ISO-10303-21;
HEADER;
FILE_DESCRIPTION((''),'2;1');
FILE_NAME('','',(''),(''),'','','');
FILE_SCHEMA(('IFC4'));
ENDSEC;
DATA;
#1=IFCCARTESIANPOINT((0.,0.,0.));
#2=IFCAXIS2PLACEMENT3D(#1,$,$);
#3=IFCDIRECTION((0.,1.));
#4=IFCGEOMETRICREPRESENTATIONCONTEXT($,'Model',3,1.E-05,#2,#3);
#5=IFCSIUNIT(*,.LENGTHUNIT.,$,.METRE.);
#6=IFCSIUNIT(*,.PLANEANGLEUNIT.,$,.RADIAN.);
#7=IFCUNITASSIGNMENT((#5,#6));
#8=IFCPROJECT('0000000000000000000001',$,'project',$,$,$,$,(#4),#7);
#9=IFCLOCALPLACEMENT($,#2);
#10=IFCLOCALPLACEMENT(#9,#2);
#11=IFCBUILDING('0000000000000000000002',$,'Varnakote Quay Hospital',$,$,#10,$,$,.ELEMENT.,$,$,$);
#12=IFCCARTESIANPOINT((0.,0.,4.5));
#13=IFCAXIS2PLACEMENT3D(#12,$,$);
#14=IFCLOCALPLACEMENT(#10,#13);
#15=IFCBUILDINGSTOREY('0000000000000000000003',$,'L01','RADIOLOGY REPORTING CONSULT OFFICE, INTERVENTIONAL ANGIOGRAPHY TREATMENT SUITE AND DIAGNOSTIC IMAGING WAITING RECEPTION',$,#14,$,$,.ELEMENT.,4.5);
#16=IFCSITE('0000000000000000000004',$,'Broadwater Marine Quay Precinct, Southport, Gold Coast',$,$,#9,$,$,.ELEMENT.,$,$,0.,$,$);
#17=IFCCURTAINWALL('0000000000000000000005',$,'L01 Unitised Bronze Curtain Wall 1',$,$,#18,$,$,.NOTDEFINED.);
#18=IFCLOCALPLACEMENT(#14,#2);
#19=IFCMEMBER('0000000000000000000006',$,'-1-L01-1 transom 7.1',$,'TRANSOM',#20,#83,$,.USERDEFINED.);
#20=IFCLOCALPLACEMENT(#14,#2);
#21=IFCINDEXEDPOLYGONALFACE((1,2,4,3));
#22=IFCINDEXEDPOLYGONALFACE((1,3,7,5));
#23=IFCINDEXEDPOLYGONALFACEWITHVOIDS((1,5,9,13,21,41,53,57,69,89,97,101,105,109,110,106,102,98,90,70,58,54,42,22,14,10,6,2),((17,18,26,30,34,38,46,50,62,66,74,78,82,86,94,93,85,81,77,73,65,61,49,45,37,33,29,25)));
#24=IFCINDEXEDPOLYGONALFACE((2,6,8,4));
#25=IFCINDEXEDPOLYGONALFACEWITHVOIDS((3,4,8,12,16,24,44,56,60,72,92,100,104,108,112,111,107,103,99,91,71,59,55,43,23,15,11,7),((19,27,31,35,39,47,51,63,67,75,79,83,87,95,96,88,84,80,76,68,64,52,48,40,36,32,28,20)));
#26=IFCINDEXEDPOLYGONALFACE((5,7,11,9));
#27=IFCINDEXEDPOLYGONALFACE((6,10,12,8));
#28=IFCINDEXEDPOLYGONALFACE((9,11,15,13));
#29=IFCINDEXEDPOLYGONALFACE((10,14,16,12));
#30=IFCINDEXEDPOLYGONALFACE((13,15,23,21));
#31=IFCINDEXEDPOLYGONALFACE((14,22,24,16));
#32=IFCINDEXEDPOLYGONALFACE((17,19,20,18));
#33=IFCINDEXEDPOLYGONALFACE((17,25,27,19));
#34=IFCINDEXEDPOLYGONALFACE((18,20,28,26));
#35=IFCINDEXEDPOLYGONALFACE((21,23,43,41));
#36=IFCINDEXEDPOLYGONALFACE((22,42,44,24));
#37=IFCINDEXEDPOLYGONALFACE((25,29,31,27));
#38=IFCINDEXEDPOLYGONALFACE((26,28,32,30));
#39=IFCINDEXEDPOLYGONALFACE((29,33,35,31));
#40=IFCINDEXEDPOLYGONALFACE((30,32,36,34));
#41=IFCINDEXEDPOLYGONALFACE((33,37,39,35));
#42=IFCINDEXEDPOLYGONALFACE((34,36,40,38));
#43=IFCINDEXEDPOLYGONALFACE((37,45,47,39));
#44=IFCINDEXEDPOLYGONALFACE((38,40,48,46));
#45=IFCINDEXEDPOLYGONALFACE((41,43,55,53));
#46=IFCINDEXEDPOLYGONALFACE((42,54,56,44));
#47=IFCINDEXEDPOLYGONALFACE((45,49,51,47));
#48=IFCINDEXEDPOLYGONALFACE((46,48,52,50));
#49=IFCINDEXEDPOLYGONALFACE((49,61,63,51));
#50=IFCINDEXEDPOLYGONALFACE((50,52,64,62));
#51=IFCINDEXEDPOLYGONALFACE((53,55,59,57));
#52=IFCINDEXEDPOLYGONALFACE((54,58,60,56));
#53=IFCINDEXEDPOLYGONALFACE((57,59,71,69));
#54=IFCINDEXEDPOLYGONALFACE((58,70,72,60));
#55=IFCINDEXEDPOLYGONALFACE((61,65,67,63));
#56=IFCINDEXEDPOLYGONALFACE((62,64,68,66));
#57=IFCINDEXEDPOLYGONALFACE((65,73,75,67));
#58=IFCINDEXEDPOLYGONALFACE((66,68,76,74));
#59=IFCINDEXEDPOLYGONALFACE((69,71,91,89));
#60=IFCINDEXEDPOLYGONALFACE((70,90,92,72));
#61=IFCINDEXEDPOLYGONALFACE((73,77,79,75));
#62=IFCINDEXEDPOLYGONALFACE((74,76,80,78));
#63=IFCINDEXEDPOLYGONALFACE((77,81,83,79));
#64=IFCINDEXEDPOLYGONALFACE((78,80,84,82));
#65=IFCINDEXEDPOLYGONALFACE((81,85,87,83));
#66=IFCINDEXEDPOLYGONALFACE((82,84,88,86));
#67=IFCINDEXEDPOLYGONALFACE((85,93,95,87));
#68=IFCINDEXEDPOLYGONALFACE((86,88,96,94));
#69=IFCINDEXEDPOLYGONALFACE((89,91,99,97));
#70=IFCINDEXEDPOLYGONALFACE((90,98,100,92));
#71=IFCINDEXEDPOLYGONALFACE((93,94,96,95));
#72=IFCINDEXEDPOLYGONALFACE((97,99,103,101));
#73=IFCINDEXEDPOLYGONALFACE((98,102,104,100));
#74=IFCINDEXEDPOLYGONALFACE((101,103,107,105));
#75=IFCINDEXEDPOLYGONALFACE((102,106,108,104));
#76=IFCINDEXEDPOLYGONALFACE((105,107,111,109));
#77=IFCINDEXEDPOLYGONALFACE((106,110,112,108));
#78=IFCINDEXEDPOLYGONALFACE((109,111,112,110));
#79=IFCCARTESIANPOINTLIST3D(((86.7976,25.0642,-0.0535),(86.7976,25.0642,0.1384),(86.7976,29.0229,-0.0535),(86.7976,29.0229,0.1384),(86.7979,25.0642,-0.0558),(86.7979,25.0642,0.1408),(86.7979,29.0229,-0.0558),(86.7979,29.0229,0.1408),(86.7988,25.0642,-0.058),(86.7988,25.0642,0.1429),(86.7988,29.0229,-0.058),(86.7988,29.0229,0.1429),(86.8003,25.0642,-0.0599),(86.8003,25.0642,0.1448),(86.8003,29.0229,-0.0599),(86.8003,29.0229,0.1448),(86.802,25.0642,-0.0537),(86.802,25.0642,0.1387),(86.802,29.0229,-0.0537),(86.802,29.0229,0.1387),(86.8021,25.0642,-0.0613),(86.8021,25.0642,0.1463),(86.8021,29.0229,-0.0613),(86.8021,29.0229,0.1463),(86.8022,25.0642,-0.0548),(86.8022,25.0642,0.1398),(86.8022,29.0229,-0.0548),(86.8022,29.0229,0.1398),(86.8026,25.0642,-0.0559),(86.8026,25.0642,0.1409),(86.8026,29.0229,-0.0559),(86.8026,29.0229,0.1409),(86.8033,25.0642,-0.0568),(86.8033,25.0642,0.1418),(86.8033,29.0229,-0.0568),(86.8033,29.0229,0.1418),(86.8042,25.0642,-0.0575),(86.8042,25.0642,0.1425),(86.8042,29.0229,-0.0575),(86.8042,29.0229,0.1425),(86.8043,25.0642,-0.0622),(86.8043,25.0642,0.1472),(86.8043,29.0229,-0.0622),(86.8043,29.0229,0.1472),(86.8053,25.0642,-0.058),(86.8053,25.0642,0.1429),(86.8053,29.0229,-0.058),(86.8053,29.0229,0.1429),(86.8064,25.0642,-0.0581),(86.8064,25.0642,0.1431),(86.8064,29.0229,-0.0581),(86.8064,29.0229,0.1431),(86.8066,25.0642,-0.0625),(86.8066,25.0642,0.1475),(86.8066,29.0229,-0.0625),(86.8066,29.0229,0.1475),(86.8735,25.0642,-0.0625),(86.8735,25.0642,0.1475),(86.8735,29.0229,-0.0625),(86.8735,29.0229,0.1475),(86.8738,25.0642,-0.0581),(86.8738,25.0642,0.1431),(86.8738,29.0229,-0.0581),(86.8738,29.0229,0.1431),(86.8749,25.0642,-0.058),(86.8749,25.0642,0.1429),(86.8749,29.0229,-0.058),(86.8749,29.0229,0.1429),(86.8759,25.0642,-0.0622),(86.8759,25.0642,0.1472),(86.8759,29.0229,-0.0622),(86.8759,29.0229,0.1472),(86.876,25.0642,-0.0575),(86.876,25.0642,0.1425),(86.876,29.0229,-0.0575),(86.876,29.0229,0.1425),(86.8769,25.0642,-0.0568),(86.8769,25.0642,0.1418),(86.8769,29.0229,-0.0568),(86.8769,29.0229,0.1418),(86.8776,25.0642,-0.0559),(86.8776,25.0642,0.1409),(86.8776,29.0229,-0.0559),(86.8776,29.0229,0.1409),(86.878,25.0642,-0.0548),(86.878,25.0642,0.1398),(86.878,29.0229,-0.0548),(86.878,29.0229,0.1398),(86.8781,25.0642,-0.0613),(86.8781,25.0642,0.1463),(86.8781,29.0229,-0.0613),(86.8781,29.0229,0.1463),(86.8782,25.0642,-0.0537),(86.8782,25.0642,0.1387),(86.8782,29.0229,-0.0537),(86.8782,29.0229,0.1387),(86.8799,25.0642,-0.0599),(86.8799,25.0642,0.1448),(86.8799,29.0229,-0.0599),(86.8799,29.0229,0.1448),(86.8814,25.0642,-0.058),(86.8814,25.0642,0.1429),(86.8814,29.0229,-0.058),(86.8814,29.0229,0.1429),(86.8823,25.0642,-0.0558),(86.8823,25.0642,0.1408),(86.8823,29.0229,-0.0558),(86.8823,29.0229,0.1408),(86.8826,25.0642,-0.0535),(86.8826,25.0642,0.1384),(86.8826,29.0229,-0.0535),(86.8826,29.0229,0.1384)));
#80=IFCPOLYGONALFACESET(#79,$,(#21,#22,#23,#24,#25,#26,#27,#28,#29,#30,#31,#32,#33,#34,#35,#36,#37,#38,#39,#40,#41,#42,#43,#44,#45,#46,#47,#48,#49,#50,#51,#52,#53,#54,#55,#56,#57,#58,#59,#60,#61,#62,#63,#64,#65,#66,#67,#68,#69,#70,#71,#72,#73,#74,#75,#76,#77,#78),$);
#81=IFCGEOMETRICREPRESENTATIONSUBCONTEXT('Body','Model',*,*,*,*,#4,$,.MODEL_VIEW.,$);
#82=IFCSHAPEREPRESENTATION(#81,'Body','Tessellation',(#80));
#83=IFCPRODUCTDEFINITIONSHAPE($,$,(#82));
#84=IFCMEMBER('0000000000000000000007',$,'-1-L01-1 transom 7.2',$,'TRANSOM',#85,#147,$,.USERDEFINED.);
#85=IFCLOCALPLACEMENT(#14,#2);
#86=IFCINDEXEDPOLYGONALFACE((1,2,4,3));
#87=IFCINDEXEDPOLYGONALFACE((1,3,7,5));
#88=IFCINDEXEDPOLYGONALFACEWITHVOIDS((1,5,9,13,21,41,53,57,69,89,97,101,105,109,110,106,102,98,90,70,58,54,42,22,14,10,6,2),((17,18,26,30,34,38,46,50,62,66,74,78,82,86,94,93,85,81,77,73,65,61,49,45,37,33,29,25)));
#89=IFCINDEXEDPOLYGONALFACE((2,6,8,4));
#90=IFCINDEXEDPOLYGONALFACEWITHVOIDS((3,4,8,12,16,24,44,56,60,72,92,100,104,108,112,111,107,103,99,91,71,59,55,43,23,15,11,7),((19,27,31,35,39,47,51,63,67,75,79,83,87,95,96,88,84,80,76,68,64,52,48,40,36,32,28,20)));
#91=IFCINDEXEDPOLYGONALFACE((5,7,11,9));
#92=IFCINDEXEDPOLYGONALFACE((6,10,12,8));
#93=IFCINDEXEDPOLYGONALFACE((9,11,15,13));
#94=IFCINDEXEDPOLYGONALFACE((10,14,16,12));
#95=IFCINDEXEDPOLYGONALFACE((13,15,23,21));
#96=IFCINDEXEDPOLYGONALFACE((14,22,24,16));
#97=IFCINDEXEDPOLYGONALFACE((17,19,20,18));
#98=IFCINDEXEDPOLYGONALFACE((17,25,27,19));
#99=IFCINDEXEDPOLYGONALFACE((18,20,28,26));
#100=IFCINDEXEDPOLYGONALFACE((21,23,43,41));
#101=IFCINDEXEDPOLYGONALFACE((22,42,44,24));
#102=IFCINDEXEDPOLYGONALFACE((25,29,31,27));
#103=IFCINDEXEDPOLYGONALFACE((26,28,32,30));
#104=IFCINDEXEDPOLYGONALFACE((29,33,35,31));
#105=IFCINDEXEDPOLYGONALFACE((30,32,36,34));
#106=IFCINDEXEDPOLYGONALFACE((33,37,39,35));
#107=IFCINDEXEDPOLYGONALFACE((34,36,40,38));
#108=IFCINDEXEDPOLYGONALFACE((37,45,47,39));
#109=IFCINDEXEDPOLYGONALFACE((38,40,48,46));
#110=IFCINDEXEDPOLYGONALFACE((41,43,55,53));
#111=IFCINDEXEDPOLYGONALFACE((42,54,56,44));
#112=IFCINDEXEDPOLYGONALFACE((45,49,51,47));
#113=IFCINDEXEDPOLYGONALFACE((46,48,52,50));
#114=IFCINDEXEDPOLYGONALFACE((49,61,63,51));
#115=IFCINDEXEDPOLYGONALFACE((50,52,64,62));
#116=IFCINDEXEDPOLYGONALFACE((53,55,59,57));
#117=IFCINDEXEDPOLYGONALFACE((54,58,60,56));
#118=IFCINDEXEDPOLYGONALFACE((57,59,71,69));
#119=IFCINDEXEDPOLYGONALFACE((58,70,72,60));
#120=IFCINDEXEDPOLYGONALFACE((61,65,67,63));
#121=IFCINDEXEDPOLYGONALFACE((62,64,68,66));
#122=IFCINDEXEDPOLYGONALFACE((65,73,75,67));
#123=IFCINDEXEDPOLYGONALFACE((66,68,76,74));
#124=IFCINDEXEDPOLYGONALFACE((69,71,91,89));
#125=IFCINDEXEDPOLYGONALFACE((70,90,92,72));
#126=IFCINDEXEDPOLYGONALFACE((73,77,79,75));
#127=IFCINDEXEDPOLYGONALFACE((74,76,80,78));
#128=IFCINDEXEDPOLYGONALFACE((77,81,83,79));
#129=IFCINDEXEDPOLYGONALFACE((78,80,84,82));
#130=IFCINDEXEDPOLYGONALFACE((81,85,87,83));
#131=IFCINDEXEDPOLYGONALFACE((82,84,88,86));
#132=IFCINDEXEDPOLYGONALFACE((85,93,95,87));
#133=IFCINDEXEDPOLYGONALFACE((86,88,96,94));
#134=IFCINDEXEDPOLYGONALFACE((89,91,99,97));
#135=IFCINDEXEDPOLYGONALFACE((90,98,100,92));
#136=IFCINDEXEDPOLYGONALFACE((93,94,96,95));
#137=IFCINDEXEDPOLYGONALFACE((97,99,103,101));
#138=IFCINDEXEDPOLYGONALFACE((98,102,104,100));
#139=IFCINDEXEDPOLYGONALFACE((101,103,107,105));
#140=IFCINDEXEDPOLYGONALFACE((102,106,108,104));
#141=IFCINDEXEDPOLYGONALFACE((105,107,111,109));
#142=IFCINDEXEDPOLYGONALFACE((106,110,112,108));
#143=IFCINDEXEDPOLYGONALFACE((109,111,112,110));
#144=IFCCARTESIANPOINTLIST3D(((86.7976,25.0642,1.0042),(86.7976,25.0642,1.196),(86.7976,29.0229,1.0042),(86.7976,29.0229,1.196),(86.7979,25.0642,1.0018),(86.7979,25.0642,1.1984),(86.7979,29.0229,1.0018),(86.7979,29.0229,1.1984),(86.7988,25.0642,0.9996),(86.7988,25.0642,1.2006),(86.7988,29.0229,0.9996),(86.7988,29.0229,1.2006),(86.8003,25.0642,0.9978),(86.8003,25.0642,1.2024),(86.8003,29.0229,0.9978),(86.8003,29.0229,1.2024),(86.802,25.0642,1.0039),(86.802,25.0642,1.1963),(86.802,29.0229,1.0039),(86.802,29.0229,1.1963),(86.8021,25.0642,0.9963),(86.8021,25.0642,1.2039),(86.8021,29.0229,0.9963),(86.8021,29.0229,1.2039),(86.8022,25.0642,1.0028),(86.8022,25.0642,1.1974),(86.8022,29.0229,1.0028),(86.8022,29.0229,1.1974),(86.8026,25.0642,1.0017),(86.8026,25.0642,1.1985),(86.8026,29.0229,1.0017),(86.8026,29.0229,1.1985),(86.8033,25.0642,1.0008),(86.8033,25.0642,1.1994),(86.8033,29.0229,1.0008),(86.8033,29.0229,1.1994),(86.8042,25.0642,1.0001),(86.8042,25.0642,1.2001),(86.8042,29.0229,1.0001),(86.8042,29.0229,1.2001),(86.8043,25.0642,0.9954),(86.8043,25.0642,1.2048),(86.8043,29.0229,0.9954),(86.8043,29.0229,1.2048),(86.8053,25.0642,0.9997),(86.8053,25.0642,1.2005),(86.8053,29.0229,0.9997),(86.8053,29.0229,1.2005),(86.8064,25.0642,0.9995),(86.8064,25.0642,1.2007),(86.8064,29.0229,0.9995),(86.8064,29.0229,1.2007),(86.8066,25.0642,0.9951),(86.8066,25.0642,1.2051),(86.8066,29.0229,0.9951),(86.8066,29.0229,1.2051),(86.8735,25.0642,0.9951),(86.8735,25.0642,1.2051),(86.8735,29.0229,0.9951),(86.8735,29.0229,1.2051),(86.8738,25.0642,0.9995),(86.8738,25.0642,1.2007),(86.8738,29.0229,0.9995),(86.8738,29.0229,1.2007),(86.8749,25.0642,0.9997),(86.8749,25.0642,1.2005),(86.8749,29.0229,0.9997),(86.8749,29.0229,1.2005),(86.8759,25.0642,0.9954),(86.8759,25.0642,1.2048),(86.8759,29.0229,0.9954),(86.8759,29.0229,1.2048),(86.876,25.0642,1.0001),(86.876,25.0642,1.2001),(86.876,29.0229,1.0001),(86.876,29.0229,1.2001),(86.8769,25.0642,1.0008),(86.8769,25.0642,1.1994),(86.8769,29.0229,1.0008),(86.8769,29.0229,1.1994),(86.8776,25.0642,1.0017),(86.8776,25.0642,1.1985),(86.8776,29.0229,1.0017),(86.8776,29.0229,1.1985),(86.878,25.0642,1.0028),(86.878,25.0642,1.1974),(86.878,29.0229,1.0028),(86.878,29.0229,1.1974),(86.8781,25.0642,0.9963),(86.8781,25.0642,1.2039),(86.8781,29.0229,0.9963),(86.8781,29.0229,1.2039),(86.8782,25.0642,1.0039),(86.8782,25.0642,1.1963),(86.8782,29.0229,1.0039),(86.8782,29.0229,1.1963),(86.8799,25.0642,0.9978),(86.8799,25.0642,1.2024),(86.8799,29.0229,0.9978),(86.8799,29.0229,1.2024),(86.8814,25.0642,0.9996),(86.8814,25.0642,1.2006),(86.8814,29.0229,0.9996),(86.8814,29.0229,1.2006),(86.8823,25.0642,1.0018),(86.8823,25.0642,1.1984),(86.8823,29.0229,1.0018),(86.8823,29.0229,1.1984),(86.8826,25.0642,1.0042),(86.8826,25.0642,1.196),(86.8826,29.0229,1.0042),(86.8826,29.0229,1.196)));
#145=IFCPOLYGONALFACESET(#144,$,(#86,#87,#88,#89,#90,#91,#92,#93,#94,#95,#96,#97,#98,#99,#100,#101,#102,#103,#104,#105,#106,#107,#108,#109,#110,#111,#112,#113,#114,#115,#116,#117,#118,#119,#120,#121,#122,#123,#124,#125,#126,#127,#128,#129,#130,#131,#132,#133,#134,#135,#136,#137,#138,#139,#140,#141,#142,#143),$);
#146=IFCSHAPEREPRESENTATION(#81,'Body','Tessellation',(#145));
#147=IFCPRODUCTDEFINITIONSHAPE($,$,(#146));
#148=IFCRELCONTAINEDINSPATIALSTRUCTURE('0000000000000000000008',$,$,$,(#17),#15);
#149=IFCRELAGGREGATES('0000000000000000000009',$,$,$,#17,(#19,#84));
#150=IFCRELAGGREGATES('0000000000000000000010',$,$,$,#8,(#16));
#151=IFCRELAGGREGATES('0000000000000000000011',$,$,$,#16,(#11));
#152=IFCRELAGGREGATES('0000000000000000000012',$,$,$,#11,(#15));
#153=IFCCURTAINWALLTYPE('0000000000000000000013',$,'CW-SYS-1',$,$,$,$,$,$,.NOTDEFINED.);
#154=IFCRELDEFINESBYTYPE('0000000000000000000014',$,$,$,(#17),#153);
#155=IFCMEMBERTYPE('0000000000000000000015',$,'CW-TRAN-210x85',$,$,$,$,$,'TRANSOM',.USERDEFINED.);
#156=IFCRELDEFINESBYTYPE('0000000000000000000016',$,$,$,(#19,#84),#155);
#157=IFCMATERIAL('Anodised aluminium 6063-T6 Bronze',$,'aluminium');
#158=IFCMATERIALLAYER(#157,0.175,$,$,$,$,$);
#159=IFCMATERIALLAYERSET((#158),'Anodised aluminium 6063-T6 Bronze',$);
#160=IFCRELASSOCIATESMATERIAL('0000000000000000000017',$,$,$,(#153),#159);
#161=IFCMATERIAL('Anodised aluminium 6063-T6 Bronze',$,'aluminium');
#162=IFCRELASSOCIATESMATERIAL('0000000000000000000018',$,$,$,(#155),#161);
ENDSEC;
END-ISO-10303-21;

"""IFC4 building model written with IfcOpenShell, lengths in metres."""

from ifc_helpers import new_model, si_unit, direction, frame, origin, origin_2d, place, context, subcontext, project, spatial, hollow_rectangle, extrude, material, layer, layer_set, material_profile, profile_set, type_object, element, aggregate, save


model = new_model("IFC4")

# Units and contexts
model_context = context("Model", 3, precision=1e-05, world=origin(), true_north=direction((0.0, 1.0)))
body_context = subcontext(model_context, "Body", "Model", "MODEL_VIEW")
ifc_project = project(units=[si_unit("LENGTHUNIT", "METRE"), si_unit("PLANEANGLEUNIT", "RADIAN")], contexts=[model_context])

# Site, building, storey
site_placement = place(None, origin())
site = spatial("IfcSite", under=ifc_project, at=site_placement, Name="Broadwater Marine Quay Precinct, Southport, Gold Coast", CompositionType="ELEMENT", RefElevation=0.0)
building_placement = place(site_placement, origin())
building = spatial("IfcBuilding", under=site, at=building_placement, Name="Varnakote Quay Hospital", CompositionType="ELEMENT")
storey_placement = place(building_placement, frame((0.0, 0.0, 4.5)))
storey = spatial("IfcBuildingStorey", under=building, at=storey_placement, Name="L01", Description="RADIOLOGY REPORTING CONSULT OFFICE, INTERVENTIONAL ANGIOGRAPHY TREATMENT SUITE AND DIAGNOSTIC IMAGING WAITING RECEPTION", CompositionType="ELEMENT", Elevation=4.5)

# Curtain wall, members
ifc_material_1 = material(Name="Anodised aluminium 6063-T6 Bronze", Category="aluminium")
ifc_layer_1 = layer(ifc_material_1, 0.175)
ifc_layer_set_1 = layer_set([ifc_layer_1], Name="Anodised aluminium 6063-T6 Bronze")
curtain_wall_type = type_object("IfcCurtainWallType", Name="CW-SYS-1", PredefinedType="NOTDEFINED", material=ifc_layer_set_1)
curtain_wall_placement = place(storey_placement, origin())
curtain_wall = element("IfcCurtainWall", 1, at=curtain_wall_placement, inside=storey, type_object=curtain_wall_type, Name="L01 Unitised Bronze Curtain Wall 1", PredefinedType="NOTDEFINED")
ifc_material_2 = material(Name="Anodised aluminium 6063-T6 Bronze", Category="aluminium")
ifc_material_profile_1 = material_profile(ifc_material_2, hollow_rectangle(XDim=0.085, YDim=0.21, WallThickness=0.0044, InnerFilletRadius=0.0044, OuterFilletRadius=0.009, at=origin_2d()), Name="CW-TRAN-210x85")
ifc_profile_set_1 = profile_set([ifc_material_profile_1], Name="Anodised aluminium 6063-T6 Bronze")
member_type_1 = type_object("IfcMemberType", Name="CW-TRAN-210x85", ElementType="TRANSOM", PredefinedType="USERDEFINED", material=ifc_profile_set_1)
member_1_placement = place(storey_placement, frame((86.8401, 25.0642, 0.0425), z_axis=(0.0, 1.0, 0.0), x_axis=(-1.0, 0.0, 0.0)))
member_1 = element("IfcMember", 2, at=member_1_placement, type_object=member_type_1, Name="-1-L01-1 transom 7.1", ObjectType="TRANSOM", PredefinedType="USERDEFINED", context=body_context, shape_type="SweptSolid", body=[
    extrude(hollow_rectangle(XDim=0.085, YDim=0.21, WallThickness=0.0044, InnerFilletRadius=0.0044, OuterFilletRadius=0.009, at=origin_2d()), origin(), (0.0, 0.0, 1.0), 3.9587),
])
member_2_placement = place(storey_placement, frame((86.8401, 25.0642, 1.1001), z_axis=(0.0, 1.0, 0.0), x_axis=(-1.0, 0.0, 0.0)))
member_2 = element("IfcMember", 3, at=member_2_placement, type_object=member_type_1, Name="-1-L01-1 transom 7.2", ObjectType="TRANSOM", PredefinedType="USERDEFINED", context=body_context, shape_type="SweptSolid", body=[
    extrude(hollow_rectangle(XDim=0.085, YDim=0.21, WallThickness=0.0044, InnerFilletRadius=0.0044, OuterFilletRadius=0.009, at=origin_2d()), origin(), (0.0, 0.0, 1.0), 3.9587),
])
aggregate(curtain_wall, [member_1, member_2])

save(model, "model.ifc")
